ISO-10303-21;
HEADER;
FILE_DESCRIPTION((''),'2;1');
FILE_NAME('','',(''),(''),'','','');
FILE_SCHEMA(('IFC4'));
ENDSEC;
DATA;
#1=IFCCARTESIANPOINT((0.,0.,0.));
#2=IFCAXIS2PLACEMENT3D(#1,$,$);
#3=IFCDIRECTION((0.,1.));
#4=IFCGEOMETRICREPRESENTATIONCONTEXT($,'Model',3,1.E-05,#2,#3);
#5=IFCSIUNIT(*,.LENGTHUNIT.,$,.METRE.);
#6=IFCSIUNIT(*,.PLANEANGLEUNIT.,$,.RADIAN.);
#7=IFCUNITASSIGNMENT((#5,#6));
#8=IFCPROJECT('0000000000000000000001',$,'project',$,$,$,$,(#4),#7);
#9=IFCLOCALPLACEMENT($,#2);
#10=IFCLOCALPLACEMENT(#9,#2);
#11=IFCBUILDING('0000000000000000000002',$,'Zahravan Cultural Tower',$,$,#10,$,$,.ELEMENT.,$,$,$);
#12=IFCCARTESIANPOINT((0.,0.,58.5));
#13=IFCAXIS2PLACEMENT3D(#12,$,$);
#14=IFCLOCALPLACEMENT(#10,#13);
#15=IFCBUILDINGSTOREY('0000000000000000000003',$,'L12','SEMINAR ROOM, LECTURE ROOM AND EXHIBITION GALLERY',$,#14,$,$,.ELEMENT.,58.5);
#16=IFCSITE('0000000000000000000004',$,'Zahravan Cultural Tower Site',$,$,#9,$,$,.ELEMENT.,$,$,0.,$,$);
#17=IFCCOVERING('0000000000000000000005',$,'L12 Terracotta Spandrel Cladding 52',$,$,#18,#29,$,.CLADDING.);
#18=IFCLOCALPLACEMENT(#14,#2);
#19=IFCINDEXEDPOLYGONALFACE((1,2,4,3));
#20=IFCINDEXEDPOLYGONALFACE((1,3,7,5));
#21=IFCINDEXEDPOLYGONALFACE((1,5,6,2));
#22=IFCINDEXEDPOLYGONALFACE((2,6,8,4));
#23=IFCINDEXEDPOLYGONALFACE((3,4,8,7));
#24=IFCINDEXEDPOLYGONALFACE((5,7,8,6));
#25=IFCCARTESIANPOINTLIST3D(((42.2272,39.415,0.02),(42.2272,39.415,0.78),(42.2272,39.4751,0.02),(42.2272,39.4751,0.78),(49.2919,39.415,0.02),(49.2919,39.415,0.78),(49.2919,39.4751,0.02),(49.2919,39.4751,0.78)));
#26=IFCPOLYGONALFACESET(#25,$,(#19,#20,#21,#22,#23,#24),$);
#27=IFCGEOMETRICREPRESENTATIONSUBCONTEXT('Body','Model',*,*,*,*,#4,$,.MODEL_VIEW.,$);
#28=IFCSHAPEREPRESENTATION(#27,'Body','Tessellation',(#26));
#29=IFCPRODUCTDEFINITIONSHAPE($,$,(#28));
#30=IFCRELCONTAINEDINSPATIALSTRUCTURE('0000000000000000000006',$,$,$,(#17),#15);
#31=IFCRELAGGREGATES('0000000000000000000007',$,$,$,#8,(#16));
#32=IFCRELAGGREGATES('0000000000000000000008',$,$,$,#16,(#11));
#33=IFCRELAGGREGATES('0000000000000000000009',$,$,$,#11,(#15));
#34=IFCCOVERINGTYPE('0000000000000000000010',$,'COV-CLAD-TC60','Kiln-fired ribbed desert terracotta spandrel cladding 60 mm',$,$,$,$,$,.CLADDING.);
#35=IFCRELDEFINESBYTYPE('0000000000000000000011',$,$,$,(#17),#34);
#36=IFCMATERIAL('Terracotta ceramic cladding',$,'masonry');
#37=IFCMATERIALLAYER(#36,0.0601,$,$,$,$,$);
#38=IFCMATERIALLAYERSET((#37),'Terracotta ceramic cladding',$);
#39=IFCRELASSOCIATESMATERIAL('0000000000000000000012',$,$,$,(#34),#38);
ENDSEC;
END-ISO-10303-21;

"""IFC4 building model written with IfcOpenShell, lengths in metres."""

from ifc_helpers import new_model, si_unit, direction, frame, origin, origin_2d, place, context, subcontext, project, spatial, rectangle, extrude, source, transform, mapped, material, layer, layer_set, type_object, element, save


model = new_model("IFC4")

# Units and contexts
model_context = context("Model", 3, precision=1e-05, world=origin(), true_north=direction((0.0, 1.0)))
body_context = subcontext(model_context, "Body", "Model", "MODEL_VIEW")
ifc_project = project(units=[si_unit("LENGTHUNIT", "METRE"), si_unit("PLANEANGLEUNIT", "RADIAN")], contexts=[model_context])

# Site, building, storey
site_placement = place(None, origin())
site = spatial("IfcSite", under=ifc_project, at=site_placement, Name="Zahravan Cultural Tower Site", CompositionType="ELEMENT", RefElevation=0.0)
building_placement = place(site_placement, origin())
building = spatial("IfcBuilding", under=site, at=building_placement, Name="Zahravan Cultural Tower", CompositionType="ELEMENT")
storey_placement = place(building_placement, frame((0.0, 0.0, 58.5)))
storey = spatial("IfcBuildingStorey", under=building, at=storey_placement, Name="L12", Description="SEMINAR ROOM, LECTURE ROOM AND EXHIBITION GALLERY", CompositionType="ELEMENT", Elevation=58.5)

# Covering
ifc_material_1 = material(Name="Terracotta ceramic cladding", Category="masonry")
ifc_layer_1 = layer(ifc_material_1, 0.0601)
ifc_layer_set_1 = layer_set([ifc_layer_1], Name="Terracotta ceramic cladding")
covering_type = type_object("IfcCoveringType", Name="COV-CLAD-TC60", Description="Kiln-fired ribbed desert terracotta spandrel cladding 60 mm", PredefinedType="CLADDING", material=ifc_layer_set_1)
shared_shape_1 = source(origin(), body_context, "Body", "SweptSolid", [
    extrude(rectangle(XDim=7.0647, YDim=0.0601, at=origin_2d()), origin(), (0.0, 0.0, 1.0), 0.76),
])
covering_placement = place(storey_placement, frame((45.7595, 39.4451, 0.02), z_axis=(0.0, 0.0, 1.0), x_axis=(1.0, 0.0, 0.0)))
element("IfcCovering", 1, at=covering_placement, inside=storey, type_object=covering_type, Name="L12 Terracotta Spandrel Cladding 52", PredefinedType="CLADDING", context=body_context, shape_type="MappedRepresentation", body=[
    mapped(shared_shape_1, transform((0.0, 0.0, 0.0), x_axis=(1.0, 0.0, 0.0), y_axis=(0.0, 1.0, 0.0), z_axis=(0.0, 0.0, 1.0), scale=1.0)),
])

save(model, "model.ifc")
